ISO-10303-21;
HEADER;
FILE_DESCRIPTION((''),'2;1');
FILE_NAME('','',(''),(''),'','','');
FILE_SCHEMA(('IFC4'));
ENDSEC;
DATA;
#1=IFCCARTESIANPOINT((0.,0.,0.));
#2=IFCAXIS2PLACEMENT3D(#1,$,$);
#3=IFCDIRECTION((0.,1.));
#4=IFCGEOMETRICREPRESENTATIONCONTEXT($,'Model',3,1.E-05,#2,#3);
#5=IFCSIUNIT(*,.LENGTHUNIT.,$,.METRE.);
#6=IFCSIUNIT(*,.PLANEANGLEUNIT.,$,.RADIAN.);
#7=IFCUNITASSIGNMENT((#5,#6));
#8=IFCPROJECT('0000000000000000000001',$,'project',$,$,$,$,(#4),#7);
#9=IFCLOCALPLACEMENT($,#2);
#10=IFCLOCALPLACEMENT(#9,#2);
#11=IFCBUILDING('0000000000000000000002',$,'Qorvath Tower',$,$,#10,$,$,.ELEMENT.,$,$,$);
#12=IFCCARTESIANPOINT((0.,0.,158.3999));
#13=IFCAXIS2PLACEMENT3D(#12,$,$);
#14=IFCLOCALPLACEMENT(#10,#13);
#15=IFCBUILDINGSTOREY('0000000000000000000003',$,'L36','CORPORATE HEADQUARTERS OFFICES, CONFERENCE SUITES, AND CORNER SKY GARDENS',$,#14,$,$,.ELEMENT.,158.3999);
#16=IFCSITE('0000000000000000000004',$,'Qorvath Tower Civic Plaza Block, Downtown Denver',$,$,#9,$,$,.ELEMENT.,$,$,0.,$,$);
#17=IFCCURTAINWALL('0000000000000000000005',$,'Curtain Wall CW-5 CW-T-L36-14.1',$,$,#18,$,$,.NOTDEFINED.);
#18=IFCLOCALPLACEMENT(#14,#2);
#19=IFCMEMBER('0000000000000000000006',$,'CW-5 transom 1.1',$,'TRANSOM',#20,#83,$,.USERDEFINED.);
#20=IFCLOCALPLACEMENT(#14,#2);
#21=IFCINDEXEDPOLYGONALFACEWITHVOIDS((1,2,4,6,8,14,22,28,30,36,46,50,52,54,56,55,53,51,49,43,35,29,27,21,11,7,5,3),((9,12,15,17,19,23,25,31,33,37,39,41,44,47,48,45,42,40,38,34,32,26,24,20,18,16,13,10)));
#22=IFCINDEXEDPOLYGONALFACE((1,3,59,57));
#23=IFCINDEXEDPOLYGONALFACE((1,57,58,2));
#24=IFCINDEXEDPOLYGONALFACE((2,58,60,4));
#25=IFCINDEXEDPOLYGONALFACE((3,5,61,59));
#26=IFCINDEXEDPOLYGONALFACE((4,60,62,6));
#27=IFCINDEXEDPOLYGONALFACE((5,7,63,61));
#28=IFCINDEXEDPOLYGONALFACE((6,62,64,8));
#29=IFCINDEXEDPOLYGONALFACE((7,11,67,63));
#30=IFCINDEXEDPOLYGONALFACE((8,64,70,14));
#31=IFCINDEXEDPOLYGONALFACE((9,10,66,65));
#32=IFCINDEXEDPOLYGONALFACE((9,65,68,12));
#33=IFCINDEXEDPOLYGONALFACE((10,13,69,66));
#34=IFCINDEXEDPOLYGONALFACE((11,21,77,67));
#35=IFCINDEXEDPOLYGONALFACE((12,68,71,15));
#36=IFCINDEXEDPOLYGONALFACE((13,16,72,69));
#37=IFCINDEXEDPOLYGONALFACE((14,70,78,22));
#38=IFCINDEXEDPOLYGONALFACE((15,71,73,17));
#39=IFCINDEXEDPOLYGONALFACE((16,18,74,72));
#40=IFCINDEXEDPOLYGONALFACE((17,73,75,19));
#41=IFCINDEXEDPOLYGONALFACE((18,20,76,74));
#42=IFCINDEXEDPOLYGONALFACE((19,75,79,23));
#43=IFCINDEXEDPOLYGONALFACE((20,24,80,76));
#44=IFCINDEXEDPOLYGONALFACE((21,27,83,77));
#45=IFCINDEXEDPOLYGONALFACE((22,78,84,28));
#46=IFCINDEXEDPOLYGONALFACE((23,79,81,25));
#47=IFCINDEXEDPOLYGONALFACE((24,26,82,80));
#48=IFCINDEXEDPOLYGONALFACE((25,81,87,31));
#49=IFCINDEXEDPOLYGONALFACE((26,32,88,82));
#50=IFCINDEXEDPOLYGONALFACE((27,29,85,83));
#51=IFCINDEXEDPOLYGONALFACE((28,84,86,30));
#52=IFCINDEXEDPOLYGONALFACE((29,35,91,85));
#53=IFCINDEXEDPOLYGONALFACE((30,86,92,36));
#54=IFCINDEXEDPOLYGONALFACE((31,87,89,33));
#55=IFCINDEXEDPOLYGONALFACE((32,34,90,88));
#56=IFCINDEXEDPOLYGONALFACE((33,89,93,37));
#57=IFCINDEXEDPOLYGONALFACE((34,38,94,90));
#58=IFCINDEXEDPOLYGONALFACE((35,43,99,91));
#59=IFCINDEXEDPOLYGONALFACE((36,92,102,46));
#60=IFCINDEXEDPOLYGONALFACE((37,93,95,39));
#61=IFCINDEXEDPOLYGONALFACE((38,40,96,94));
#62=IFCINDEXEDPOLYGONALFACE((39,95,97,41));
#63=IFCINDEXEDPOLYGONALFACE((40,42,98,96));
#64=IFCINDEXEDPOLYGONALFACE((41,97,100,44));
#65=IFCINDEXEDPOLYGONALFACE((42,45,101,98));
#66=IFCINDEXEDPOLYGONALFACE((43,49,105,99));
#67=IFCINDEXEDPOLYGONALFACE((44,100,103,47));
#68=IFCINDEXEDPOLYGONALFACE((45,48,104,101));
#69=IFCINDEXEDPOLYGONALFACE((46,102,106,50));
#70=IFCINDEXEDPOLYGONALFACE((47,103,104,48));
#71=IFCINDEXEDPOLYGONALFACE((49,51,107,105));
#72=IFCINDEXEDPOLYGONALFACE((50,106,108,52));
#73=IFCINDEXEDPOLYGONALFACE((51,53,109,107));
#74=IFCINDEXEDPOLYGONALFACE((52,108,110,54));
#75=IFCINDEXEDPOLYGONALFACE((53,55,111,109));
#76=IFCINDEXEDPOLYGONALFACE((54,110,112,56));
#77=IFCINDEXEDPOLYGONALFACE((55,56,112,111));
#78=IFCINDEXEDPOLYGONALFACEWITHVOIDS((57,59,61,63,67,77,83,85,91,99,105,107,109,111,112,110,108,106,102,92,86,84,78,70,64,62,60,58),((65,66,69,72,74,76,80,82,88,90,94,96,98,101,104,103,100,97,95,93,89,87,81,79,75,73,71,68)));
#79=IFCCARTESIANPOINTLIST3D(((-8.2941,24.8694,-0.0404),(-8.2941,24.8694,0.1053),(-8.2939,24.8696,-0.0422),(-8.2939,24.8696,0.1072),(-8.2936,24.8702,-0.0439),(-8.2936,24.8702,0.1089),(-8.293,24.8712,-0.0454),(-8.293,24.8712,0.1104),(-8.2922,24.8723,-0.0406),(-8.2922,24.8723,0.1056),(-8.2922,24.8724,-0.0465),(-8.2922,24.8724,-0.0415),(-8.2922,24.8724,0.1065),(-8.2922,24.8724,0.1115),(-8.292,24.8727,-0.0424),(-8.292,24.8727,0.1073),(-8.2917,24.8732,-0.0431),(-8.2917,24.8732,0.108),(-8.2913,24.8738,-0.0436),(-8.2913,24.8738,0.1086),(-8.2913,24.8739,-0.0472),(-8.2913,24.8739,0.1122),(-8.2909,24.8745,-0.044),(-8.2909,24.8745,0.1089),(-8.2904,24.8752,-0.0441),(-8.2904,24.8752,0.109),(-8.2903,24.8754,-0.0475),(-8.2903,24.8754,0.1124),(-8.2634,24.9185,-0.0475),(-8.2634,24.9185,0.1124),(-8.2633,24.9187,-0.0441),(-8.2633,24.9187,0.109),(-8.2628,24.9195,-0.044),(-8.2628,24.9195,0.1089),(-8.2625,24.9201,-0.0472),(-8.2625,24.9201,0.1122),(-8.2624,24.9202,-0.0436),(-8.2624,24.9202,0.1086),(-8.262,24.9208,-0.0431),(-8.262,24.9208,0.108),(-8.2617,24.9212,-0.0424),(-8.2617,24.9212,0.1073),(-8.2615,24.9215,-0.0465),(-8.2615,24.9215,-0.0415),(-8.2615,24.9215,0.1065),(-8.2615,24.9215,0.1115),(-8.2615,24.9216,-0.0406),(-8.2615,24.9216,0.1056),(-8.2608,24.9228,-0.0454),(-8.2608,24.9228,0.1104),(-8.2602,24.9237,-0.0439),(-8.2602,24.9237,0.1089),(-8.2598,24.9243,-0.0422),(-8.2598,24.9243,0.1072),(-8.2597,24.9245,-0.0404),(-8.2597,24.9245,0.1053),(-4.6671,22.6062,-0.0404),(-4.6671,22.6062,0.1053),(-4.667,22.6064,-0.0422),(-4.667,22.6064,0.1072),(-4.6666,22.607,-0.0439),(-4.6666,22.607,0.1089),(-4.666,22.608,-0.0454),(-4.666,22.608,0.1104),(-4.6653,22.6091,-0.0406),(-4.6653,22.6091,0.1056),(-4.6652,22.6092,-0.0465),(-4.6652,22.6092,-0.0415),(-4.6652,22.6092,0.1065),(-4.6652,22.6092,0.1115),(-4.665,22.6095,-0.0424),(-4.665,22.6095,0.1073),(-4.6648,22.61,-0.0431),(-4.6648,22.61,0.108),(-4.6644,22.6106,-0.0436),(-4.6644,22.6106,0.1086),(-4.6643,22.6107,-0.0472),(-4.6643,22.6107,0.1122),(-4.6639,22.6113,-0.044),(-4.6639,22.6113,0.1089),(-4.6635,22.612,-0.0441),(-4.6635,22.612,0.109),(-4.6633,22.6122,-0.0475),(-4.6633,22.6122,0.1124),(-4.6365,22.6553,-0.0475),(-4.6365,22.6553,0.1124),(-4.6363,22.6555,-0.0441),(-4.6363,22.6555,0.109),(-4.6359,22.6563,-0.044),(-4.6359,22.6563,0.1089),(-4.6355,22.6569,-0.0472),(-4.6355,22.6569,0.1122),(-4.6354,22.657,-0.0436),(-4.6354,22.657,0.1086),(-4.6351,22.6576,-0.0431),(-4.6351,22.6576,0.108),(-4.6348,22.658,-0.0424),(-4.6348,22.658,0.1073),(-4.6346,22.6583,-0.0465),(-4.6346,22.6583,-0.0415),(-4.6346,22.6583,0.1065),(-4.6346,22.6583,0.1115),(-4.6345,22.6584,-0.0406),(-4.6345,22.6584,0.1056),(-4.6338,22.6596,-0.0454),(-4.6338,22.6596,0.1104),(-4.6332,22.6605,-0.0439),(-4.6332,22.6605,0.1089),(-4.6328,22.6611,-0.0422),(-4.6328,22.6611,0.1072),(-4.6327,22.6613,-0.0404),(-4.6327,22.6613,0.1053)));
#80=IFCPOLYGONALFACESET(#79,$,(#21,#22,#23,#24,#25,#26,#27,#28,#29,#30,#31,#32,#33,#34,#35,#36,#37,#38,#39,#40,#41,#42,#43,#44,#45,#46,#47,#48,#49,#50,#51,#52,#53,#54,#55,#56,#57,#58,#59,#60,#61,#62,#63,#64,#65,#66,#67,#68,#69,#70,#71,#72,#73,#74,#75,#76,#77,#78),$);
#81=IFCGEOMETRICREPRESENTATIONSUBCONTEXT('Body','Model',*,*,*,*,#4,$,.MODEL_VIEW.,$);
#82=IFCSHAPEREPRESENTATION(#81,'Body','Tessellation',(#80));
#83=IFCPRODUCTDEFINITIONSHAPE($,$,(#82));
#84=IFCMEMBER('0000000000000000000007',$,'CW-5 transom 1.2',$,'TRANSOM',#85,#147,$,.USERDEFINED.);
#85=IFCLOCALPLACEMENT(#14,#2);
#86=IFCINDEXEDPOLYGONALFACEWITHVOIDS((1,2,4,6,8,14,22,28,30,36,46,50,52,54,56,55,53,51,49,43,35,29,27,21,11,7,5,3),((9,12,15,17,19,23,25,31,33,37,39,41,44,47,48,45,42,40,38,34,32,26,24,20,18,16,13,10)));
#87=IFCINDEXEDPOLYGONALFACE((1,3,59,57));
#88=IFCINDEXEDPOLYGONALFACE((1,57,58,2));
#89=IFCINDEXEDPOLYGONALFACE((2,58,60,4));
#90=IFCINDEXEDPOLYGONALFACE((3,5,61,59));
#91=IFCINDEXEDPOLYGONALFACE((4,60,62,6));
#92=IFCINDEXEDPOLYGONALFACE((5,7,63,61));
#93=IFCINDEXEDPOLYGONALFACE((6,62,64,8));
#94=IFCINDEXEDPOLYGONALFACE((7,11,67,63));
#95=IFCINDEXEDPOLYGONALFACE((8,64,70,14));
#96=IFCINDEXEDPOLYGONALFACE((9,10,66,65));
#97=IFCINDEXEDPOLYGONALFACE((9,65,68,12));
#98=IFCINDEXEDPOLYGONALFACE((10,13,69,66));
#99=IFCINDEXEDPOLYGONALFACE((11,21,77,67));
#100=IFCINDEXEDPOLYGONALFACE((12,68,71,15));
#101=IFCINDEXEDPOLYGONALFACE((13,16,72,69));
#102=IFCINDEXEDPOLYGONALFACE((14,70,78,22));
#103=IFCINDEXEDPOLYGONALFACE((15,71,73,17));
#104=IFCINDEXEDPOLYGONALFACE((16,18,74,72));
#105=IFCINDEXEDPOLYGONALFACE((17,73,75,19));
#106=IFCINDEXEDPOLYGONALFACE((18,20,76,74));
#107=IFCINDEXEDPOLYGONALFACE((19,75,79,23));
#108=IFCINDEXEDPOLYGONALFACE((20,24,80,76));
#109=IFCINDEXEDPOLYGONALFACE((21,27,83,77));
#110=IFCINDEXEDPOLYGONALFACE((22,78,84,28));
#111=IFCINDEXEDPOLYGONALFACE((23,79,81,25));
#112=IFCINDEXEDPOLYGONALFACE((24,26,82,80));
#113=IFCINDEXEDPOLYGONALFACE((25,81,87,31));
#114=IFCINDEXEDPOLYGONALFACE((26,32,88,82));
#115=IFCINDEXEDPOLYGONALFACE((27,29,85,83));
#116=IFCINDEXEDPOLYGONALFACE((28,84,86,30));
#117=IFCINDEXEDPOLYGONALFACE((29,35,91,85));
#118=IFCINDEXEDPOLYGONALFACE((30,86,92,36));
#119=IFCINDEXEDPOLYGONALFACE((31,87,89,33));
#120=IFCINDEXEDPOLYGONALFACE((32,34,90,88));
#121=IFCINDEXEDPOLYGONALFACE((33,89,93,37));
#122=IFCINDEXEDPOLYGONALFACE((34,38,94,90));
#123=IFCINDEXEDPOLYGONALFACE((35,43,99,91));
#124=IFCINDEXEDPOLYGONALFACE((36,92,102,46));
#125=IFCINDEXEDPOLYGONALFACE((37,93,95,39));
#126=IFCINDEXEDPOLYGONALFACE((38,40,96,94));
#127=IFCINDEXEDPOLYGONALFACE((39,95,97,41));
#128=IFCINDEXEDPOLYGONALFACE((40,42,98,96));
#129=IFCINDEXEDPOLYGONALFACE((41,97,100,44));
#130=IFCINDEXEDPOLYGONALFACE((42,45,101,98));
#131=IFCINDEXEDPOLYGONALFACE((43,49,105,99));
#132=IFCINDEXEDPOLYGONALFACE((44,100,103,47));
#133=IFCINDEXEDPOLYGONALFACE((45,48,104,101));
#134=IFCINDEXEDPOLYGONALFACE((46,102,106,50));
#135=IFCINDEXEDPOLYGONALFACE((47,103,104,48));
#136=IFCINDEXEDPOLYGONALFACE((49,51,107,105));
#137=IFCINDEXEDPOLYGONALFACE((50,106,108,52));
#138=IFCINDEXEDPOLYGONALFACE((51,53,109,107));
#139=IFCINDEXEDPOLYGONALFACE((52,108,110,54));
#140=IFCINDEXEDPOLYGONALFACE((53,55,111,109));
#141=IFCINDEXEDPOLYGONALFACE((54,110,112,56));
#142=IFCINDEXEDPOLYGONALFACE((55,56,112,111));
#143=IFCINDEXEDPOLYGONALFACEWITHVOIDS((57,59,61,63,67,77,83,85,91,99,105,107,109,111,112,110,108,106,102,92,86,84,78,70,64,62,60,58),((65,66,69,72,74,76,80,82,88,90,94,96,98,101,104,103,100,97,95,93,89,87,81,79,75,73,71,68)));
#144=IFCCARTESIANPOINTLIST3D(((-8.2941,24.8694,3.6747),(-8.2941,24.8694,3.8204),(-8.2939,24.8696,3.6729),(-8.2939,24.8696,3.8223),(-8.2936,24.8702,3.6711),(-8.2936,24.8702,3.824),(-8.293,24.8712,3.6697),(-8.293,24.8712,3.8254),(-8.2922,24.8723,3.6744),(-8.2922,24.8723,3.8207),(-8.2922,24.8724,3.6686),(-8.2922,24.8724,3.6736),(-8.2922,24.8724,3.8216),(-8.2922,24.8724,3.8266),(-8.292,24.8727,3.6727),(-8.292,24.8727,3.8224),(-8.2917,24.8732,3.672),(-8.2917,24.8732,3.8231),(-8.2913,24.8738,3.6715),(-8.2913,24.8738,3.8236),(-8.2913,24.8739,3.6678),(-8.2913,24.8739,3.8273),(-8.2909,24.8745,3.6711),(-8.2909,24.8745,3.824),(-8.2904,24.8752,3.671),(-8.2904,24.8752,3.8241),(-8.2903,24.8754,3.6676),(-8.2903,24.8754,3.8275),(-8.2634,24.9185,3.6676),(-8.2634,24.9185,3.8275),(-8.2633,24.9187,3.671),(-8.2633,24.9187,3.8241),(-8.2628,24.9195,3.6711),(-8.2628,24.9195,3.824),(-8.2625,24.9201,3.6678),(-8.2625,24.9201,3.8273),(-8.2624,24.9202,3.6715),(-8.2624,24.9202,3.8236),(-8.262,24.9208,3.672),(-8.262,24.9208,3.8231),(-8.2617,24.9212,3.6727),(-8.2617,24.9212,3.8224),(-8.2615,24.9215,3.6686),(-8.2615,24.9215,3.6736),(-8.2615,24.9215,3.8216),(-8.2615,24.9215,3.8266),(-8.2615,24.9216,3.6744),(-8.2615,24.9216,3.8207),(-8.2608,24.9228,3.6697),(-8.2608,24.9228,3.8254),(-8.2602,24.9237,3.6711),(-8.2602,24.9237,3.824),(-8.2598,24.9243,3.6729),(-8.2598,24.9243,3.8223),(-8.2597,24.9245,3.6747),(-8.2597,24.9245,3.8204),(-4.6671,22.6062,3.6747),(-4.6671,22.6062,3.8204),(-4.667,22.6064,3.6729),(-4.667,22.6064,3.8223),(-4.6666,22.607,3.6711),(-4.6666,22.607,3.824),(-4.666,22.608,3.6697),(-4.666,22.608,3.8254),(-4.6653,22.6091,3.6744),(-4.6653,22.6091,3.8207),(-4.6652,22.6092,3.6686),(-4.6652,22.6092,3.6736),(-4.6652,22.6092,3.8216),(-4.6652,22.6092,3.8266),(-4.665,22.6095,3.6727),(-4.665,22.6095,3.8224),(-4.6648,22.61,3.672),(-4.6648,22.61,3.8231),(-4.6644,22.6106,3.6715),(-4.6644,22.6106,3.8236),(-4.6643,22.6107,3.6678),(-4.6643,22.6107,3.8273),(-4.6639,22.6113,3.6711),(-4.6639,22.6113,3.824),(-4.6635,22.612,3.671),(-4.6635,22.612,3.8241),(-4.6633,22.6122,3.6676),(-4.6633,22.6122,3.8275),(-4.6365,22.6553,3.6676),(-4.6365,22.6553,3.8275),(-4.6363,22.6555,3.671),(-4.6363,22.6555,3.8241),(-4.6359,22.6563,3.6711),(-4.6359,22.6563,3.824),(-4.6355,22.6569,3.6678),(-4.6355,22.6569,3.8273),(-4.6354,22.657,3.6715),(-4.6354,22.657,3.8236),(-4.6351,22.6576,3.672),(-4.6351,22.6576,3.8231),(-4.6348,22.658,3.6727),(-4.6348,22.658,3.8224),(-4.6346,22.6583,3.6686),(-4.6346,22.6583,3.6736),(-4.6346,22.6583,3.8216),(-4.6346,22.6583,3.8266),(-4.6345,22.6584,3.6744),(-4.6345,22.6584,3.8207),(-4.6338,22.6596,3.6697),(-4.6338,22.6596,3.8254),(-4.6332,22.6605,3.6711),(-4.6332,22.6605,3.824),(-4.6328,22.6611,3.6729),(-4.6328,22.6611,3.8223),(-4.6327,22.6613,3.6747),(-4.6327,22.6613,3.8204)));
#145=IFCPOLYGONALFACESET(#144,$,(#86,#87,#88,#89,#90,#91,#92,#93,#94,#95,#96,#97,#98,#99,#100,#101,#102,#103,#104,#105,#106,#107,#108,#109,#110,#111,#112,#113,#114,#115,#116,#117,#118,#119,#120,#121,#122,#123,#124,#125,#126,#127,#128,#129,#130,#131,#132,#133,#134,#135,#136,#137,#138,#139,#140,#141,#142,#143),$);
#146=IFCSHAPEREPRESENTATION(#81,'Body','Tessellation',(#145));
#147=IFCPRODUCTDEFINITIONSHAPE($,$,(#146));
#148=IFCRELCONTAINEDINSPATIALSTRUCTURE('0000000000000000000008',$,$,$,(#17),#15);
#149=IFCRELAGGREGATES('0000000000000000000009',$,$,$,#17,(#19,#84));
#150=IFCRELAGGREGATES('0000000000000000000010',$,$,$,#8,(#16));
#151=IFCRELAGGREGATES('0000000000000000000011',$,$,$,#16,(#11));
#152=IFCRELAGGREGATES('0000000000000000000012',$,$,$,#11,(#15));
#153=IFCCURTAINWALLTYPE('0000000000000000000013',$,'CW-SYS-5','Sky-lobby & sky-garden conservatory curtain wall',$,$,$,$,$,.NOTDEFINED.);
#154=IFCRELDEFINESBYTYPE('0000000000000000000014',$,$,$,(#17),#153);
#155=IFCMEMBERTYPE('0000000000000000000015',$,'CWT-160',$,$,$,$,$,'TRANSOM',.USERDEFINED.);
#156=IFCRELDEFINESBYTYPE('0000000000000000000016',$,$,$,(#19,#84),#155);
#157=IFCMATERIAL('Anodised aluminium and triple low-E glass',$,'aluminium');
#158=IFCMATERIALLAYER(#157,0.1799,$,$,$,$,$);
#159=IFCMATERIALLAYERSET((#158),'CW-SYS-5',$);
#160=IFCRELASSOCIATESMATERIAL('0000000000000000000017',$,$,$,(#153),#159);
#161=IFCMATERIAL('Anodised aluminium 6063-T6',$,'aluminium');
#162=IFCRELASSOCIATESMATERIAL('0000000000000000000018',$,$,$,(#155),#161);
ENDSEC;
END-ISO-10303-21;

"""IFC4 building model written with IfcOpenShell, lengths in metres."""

from ifc_helpers import new_model, si_unit, direction, frame, origin, origin_2d, place, context, subcontext, project, spatial, hollow_rectangle, extrude, material, layer, layer_set, material_profile, profile_set, type_object, element, aggregate, save


model = new_model("IFC4")

# Units and contexts
model_context = context("Model", 3, precision=1e-05, world=origin(), true_north=direction((0.0, 1.0)))
body_context = subcontext(model_context, "Body", "Model", "MODEL_VIEW")
ifc_project = project(units=[si_unit("LENGTHUNIT", "METRE"), si_unit("PLANEANGLEUNIT", "RADIAN")], contexts=[model_context])

# Site, building, storey
site_placement = place(None, origin())
site = spatial("IfcSite", under=ifc_project, at=site_placement, Name="Qorvath Tower Civic Plaza Block, Downtown Denver", CompositionType="ELEMENT", RefElevation=0.0)
building_placement = place(site_placement, origin())
building = spatial("IfcBuilding", under=site, at=building_placement, Name="Qorvath Tower", CompositionType="ELEMENT")
storey_placement = place(building_placement, frame((0.0, 0.0, 158.3999)))
storey = spatial("IfcBuildingStorey", under=building, at=storey_placement, Name="L36", Description="CORPORATE HEADQUARTERS OFFICES, CONFERENCE SUITES, AND CORNER SKY GARDENS", CompositionType="ELEMENT", Elevation=158.3999)

# Shared definitions
ifc_material_1 = material(Name="Anodised aluminium and triple low-E glass", Category="aluminium")
ifc_layer_1 = layer(ifc_material_1, 0.1799)
ifc_layer_set_1 = layer_set([ifc_layer_1], Name="CW-SYS-5")
curtain_wall_type = type_object("IfcCurtainWallType", Name="CW-SYS-5", Description="Sky-lobby & sky-garden conservatory curtain wall", PredefinedType="NOTDEFINED", material=ifc_layer_set_1)

# Curtain wall
curtain_wall_1_placement = place(storey_placement, origin())
curtain_wall_1 = element("IfcCurtainWall", 1, at=curtain_wall_1_placement, inside=storey, type_object=curtain_wall_type, Name="Curtain Wall CW-5 CW-T-L36-14.1", PredefinedType="NOTDEFINED")

# Members
ifc_material_2 = material(Name="Anodised aluminium 6063-T6", Category="aluminium")
ifc_material_profile_1 = material_profile(ifc_material_2, hollow_rectangle(XDim=0.0649, YDim=0.1599, WallThickness=0.0034, InnerFilletRadius=0.0034, OuterFilletRadius=0.0071, at=origin_2d()), Name="CWT 160x65")
ifc_profile_set_1 = profile_set([ifc_material_profile_1], Name="Anodised aluminium 6063-T6")
member_type_1 = type_object("IfcMemberType", Name="CWT-160", ElementType="TRANSOM", PredefinedType="USERDEFINED", material=ifc_profile_set_1)
member_1_placement = place(storey_placement, frame((-4.6499, 22.6338, 0.0325), z_axis=(-0.848383, 0.529383, 0.0), x_axis=(-0.529383, -0.848383, 0.0)))
member_1 = element("IfcMember", 2, at=member_1_placement, type_object=member_type_1, Name="CW-5 transom 1.1", ObjectType="TRANSOM", PredefinedType="USERDEFINED", context=body_context, shape_type="SweptSolid", body=[
    extrude(hollow_rectangle(XDim=0.0649, YDim=0.1599, WallThickness=0.0034, InnerFilletRadius=0.0034, OuterFilletRadius=0.0071, at=origin_2d()), origin(), (0.0, 0.0, 1.0), 4.2751),
])
member_2_placement = place(storey_placement, frame((-4.6499, 22.6338, 3.7476), z_axis=(-0.848383, 0.529383, 0.0), x_axis=(-0.529383, -0.848383, 0.0)))
member_2 = element("IfcMember", 3, at=member_2_placement, type_object=member_type_1, Name="CW-5 transom 1.2", ObjectType="TRANSOM", PredefinedType="USERDEFINED", context=body_context, shape_type="SweptSolid", body=[
    extrude(hollow_rectangle(XDim=0.0649, YDim=0.1599, WallThickness=0.0034, InnerFilletRadius=0.0034, OuterFilletRadius=0.0071, at=origin_2d()), origin(), (0.0, 0.0, 1.0), 4.2751),
])

aggregate(curtain_wall_1, [member_1, member_2])

save(model, "model.ifc")
